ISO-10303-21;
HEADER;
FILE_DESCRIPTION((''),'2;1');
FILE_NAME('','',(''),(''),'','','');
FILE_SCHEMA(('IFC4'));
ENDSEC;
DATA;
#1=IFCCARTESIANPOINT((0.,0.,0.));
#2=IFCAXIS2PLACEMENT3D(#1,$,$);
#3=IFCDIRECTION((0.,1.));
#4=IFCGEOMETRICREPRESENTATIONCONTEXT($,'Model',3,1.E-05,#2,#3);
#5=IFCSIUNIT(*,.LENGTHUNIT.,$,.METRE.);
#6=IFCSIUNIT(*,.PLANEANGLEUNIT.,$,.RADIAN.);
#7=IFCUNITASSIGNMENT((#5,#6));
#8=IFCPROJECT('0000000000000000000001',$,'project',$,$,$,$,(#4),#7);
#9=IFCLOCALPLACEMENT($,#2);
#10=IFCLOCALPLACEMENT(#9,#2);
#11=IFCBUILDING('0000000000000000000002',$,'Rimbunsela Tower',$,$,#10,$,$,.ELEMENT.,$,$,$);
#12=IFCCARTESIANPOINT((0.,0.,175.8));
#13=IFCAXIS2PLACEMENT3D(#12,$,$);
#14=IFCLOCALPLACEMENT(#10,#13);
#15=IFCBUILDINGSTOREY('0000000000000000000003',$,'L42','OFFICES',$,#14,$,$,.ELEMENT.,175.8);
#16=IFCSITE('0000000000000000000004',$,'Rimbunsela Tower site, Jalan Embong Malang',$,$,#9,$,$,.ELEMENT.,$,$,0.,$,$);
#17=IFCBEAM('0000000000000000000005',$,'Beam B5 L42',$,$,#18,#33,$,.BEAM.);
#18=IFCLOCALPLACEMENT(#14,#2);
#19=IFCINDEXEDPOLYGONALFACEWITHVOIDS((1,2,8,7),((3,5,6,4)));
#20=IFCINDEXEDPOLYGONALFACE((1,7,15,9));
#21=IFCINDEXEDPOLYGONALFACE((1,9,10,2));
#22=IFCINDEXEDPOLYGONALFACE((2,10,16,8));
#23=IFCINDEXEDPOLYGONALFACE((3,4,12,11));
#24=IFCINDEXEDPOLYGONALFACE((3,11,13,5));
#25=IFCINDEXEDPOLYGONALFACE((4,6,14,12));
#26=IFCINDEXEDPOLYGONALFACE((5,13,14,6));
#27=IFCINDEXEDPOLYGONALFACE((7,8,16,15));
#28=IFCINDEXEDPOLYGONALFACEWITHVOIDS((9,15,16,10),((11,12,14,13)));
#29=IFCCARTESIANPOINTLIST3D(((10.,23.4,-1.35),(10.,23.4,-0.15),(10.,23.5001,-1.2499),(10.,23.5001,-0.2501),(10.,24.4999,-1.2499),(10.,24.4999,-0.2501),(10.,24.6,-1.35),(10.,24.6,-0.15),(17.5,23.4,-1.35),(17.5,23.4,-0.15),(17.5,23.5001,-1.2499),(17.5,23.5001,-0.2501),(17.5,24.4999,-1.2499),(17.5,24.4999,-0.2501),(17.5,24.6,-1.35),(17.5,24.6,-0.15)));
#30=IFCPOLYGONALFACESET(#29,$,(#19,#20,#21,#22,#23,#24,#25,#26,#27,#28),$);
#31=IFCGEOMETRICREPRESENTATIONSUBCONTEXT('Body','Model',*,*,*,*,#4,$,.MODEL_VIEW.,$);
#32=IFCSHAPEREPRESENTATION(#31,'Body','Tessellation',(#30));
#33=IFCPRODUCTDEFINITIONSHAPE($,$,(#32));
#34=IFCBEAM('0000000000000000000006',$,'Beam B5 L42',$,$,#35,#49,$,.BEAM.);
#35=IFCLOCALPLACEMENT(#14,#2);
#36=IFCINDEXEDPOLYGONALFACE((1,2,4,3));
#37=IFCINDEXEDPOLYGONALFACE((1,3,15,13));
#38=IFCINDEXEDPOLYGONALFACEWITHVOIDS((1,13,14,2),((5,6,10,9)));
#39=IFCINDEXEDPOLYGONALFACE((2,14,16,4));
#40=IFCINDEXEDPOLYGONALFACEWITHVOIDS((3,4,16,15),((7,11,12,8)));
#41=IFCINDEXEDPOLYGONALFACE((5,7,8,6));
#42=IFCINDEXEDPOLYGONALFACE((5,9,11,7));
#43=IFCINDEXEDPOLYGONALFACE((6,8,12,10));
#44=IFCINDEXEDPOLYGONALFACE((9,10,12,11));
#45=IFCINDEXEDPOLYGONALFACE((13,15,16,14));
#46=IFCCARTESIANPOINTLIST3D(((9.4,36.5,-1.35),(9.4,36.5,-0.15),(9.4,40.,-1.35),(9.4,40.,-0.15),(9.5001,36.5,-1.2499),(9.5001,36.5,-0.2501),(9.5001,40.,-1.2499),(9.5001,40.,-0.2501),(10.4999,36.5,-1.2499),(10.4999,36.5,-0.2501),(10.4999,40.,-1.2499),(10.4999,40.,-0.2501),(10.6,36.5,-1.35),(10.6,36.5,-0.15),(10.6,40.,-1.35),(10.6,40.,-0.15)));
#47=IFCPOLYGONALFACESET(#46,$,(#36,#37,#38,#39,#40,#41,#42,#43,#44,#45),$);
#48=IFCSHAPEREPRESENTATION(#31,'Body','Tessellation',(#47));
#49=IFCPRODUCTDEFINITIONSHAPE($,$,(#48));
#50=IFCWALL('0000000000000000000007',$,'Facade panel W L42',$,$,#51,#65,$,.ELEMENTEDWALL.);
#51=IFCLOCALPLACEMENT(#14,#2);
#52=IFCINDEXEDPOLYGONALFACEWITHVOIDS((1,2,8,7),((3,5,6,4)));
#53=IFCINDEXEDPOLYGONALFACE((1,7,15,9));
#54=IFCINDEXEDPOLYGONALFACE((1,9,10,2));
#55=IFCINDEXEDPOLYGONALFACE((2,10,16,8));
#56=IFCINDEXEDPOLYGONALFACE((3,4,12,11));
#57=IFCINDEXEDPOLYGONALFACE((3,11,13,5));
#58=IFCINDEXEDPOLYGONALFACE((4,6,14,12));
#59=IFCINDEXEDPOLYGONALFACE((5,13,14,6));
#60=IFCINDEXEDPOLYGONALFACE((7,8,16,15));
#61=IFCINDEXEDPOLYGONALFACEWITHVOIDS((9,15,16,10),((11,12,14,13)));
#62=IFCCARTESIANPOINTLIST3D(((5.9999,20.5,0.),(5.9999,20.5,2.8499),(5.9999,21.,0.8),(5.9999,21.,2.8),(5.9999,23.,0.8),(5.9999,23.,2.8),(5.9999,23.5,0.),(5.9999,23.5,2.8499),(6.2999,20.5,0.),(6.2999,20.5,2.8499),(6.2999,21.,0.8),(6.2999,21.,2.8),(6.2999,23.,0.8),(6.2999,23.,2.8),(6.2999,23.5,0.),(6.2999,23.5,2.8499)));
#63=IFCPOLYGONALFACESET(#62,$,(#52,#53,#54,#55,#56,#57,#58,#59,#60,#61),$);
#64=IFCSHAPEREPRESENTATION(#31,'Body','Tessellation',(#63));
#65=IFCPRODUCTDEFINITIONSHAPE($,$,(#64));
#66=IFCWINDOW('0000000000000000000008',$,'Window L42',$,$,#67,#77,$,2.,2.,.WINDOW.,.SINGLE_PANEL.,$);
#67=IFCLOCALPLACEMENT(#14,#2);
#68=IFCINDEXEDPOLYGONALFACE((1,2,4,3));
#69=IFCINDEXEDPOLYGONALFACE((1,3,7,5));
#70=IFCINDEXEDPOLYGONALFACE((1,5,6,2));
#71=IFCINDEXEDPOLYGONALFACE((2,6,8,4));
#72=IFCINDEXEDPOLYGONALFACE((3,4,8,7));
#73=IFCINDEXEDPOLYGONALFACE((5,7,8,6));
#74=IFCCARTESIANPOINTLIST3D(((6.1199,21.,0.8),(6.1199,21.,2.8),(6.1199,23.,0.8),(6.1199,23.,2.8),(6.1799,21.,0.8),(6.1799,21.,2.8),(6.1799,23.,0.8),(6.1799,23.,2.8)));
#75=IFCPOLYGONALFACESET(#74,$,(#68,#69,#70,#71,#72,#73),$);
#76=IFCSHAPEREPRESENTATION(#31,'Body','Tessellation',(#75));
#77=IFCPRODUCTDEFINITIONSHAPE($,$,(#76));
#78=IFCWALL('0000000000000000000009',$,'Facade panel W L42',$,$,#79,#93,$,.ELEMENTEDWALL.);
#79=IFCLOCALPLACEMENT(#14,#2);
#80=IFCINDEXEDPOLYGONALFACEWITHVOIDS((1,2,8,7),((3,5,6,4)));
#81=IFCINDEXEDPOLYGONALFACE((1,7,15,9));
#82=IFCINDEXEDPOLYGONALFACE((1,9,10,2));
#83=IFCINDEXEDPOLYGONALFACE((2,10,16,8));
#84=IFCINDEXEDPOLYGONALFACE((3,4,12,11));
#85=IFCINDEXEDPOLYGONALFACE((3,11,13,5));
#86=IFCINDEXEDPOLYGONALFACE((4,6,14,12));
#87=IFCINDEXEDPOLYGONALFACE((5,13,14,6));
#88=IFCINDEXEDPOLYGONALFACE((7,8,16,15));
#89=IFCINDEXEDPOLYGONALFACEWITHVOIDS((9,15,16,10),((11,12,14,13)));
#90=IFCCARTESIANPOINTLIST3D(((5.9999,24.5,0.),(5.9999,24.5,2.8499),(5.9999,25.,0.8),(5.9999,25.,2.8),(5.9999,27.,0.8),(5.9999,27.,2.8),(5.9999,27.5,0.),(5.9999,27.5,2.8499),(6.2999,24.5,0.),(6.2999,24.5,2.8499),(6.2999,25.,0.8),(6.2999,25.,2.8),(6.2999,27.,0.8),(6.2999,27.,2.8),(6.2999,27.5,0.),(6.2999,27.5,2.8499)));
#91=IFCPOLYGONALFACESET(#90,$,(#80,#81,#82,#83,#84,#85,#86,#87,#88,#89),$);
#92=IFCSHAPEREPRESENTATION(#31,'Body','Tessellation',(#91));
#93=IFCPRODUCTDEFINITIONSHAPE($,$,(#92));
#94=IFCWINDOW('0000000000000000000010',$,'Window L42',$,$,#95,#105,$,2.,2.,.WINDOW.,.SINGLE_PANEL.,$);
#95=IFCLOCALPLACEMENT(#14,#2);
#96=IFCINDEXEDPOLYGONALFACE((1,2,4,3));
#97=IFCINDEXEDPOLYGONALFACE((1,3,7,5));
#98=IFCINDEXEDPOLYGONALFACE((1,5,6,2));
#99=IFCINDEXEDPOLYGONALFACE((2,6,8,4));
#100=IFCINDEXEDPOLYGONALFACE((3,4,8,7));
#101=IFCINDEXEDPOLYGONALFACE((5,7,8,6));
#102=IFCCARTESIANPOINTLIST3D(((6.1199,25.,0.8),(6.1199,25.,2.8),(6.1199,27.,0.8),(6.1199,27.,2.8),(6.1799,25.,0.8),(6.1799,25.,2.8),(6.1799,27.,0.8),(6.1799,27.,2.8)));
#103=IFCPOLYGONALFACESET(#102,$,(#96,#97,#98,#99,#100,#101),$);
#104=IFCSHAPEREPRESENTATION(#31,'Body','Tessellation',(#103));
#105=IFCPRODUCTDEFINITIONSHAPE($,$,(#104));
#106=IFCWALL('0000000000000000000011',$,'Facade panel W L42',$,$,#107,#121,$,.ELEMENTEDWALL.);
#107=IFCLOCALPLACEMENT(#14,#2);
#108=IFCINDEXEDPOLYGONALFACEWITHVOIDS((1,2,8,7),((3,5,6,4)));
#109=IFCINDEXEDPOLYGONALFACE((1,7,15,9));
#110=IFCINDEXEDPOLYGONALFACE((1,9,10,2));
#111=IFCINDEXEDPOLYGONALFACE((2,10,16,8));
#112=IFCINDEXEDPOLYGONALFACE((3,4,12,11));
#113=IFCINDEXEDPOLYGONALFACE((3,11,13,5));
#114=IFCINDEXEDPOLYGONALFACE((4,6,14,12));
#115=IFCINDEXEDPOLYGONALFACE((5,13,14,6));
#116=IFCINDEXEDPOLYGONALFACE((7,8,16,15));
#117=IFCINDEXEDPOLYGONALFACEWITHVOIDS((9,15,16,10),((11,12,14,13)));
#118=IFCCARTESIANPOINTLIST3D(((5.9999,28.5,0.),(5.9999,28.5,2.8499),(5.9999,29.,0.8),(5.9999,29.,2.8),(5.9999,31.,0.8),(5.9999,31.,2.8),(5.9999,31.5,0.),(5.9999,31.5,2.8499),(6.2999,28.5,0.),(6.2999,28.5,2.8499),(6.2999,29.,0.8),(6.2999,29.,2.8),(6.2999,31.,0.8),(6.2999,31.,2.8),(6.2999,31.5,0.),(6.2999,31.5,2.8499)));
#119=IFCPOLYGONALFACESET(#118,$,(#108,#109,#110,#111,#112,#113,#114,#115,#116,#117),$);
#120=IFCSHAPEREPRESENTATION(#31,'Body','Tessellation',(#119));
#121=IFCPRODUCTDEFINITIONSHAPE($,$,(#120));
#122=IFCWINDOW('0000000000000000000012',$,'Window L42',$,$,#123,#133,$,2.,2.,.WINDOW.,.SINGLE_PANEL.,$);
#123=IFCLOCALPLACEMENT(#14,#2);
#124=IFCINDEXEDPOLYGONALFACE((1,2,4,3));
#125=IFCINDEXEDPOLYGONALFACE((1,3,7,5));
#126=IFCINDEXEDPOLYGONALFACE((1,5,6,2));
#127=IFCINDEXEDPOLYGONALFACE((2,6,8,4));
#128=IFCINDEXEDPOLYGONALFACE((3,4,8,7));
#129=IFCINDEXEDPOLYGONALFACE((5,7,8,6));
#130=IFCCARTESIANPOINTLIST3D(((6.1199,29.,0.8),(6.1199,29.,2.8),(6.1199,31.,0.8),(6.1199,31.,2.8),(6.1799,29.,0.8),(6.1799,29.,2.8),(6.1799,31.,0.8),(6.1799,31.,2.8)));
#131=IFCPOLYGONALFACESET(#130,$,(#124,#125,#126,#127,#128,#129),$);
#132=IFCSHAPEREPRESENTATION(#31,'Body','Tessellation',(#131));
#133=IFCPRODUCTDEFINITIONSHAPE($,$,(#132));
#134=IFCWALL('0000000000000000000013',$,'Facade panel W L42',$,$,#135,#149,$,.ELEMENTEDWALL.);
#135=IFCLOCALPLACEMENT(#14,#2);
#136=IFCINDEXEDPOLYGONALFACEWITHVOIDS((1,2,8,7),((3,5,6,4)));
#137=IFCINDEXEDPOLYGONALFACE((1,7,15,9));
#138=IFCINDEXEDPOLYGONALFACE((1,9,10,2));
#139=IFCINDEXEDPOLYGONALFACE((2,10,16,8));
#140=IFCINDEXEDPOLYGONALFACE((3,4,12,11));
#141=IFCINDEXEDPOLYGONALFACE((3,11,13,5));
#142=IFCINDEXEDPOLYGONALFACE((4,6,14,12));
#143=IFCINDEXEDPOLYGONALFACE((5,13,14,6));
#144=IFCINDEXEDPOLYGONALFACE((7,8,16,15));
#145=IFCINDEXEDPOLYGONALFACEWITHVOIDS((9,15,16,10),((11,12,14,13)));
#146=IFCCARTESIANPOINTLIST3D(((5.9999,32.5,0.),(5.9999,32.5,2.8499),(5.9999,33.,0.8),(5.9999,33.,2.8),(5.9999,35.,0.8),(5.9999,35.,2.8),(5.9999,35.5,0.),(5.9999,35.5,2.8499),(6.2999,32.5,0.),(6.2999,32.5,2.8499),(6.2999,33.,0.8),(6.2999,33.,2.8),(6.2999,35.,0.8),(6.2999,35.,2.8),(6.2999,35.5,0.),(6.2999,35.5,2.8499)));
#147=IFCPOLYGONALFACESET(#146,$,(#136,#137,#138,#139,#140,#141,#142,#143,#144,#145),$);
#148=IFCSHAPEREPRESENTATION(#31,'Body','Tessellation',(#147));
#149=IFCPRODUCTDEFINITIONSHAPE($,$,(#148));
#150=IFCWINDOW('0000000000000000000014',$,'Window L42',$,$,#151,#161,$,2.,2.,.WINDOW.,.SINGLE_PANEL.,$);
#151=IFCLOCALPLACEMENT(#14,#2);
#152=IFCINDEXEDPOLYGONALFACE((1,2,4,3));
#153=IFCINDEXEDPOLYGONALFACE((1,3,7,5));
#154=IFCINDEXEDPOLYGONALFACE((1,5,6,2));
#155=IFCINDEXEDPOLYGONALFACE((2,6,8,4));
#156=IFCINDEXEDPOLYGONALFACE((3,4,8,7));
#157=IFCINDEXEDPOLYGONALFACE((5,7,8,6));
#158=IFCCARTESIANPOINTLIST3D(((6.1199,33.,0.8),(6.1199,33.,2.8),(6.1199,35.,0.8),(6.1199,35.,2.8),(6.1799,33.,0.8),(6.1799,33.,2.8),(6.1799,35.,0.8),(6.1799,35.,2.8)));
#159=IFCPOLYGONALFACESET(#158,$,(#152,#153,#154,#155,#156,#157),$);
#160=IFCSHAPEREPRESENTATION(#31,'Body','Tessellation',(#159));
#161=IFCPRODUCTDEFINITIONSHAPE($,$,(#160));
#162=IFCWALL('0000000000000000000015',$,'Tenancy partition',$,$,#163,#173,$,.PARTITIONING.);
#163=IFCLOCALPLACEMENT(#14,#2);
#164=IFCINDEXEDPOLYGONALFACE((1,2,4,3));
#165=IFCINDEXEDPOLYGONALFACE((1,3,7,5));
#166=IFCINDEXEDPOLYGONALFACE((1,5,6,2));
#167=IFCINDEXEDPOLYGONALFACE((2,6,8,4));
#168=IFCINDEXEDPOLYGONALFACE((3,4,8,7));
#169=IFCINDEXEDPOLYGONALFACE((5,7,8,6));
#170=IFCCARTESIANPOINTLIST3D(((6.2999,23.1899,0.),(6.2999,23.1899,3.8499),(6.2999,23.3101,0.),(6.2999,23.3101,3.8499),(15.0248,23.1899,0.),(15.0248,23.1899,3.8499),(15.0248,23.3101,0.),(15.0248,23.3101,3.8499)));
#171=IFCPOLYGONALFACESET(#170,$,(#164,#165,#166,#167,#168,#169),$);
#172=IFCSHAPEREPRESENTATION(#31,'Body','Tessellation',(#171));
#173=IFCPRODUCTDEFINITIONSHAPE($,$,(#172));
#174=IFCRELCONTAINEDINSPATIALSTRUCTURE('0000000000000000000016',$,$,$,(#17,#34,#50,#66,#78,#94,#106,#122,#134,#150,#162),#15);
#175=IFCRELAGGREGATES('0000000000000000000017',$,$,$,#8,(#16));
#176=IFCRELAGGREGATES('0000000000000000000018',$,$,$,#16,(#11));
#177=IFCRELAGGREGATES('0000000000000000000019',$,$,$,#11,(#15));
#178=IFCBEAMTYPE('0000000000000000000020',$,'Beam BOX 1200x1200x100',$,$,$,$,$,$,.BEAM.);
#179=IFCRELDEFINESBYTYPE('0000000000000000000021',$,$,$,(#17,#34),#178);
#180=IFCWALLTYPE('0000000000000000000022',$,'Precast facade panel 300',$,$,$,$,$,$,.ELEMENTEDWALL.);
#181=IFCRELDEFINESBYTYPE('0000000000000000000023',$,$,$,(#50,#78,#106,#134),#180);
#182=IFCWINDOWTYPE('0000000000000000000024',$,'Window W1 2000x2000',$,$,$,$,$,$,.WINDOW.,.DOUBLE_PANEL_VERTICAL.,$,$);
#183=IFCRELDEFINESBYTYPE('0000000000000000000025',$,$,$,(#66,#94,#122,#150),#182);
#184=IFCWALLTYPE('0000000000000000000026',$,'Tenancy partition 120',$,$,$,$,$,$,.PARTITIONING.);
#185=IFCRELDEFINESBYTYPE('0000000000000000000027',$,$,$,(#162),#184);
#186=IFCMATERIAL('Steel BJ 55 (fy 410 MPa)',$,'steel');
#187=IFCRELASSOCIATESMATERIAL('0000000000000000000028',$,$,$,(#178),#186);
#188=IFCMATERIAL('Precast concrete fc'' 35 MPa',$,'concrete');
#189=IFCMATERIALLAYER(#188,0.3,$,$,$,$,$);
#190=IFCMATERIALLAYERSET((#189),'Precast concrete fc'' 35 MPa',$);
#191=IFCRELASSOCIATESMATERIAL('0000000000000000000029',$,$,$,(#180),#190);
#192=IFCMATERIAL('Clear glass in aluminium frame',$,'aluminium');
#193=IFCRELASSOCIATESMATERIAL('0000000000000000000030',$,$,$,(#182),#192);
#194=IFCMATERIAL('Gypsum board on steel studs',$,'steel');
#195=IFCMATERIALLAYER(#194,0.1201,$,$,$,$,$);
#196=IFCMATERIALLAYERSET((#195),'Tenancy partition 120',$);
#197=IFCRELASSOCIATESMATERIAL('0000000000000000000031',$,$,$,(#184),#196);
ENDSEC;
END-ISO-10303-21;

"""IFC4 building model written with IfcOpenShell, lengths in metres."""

from ifc_helpers import new_model, si_unit, direction, frame, frame_2d, origin, origin_2d, place, context, subcontext, project, spatial, rectangle, hollow_rectangle, extrude, material, layer, layer_set, material_profile, profile_set, type_object, element, fill, save


model = new_model("IFC4")

# Units and contexts
model_context = context("Model", 3, precision=1e-05, world=origin(), true_north=direction((0.0, 1.0)))
body_context = subcontext(model_context, "Body", "Model", "MODEL_VIEW")
ifc_project = project(units=[si_unit("LENGTHUNIT", "METRE"), si_unit("PLANEANGLEUNIT", "RADIAN")], contexts=[model_context])

# Site, building, storey
site_placement = place(None, origin())
site = spatial("IfcSite", under=ifc_project, at=site_placement, Name="Rimbunsela Tower site, Jalan Embong Malang", CompositionType="ELEMENT", RefElevation=0.0)
building_placement = place(site_placement, origin())
building = spatial("IfcBuilding", under=site, at=building_placement, Name="Rimbunsela Tower", CompositionType="ELEMENT")
storey_placement = place(building_placement, frame((0.0, 0.0, 175.8)))
storey = spatial("IfcBuildingStorey", under=building, at=storey_placement, Name="L42", Description="OFFICES", CompositionType="ELEMENT", Elevation=175.8)

# Beams
ifc_material_1 = material(Name="Steel BJ 55 (fy 410 MPa)", Category="steel")
ifc_material_profile_1 = material_profile(ifc_material_1, hollow_rectangle(XDim=1.2, YDim=1.2, WallThickness=0.1001, at=origin_2d()), Name="BOX 1200x1200x100")
ifc_profile_set_1 = profile_set([ifc_material_profile_1], Name="Steel BJ 55 (fy 410 MPa)")
beam_type_1 = type_object("IfcBeamType", Name="Beam BOX 1200x1200x100", PredefinedType="BEAM", material=ifc_profile_set_1)
beam_1_placement = place(storey_placement, frame((10.0, 24.0, -0.75), z_axis=(1.0, 0.0, 0.0), x_axis=(0.0, 1.0, 0.0)))
element("IfcBeam", 1, at=beam_1_placement, inside=storey, type_object=beam_type_1, Name="Beam B5 L42", PredefinedType="BEAM", context=body_context, shape_type="SweptSolid", body=[
    extrude(hollow_rectangle(XDim=1.2, YDim=1.2, WallThickness=0.1001, at=origin_2d()), origin(), (0.0, 0.0, 1.0), 7.5),
])
beam_2_placement = place(storey_placement, frame((10.0, 36.5, -0.75), z_axis=(0.0, 1.0, 0.0), x_axis=(-1.0, 0.0, 0.0)))
element("IfcBeam", 2, at=beam_2_placement, inside=storey, type_object=beam_type_1, Name="Beam B5 L42", PredefinedType="BEAM", context=body_context, shape_type="SweptSolid", body=[
    extrude(hollow_rectangle(XDim=1.2, YDim=1.2, WallThickness=0.1001, at=origin_2d()), origin(), (0.0, 0.0, 1.0), 3.5),
])

# Walls, openings, windows
ifc_material_2 = material(Name="Precast concrete fc' 35 MPa", Category="concrete")
ifc_layer_1 = layer(ifc_material_2, 0.3)
ifc_layer_set_1 = layer_set([ifc_layer_1], Name="Precast concrete fc' 35 MPa")
wall_type_1 = type_object("IfcWallType", Name="Precast facade panel 300", PredefinedType="ELEMENTEDWALL", material=ifc_layer_set_1)
wall_1_placement = place(storey_placement, frame((6.1499, 23.5, 0.0), z_axis=(0.0, 0.0, 1.0), x_axis=(0.0, -1.0, 0.0)))
wall_1 = element("IfcWall", 3, at=wall_1_placement, inside=storey, type_object=wall_type_1, Name="Facade panel W L42", PredefinedType="ELEMENTEDWALL", context=body_context, shape_type="SweptSolid", body=[
    extrude(rectangle(XDim=3.0, YDim=0.3, at=frame_2d((1.5, 0.0))), origin(), (0.0, 0.0, 1.0), 2.8499),
])
opening_1_placement = place(wall_1_placement, frame((0.5, 0.0, 0.8)))
opening_1 = element("IfcOpeningElement", 4, at=opening_1_placement, cuts=wall_1, PredefinedType="OPENING", context=body_context, shape_type="SweptSolid", body=[
    extrude(rectangle(XDim=2.0, YDim=2.0, at=frame_2d((1.0, 1.0))), frame((0.0, 0.1599, 0.0), z_axis=(0.0, -1.0, 0.0), x_axis=(1.0, 0.0, 0.0)), (0.0, 0.0, 1.0), 0.3201),
])
ifc_material_3 = material(Name="Clear glass in aluminium frame", Category="aluminium")
window_type = type_object("IfcWindowType", Name="Window W1 2000x2000", PartitioningType="DOUBLE_PANEL_VERTICAL", PredefinedType="WINDOW", material=ifc_material_3)
window_1_placement = place(opening_1_placement, origin())
window_1 = element("IfcWindow", 5, at=window_1_placement, inside=storey, type_object=window_type, Name="Window L42", OverallHeight=2.0, OverallWidth=2.0, PartitioningType="SINGLE_PANEL", PredefinedType="WINDOW", context=body_context, shape_type="SweptSolid", body=[
    extrude(rectangle(XDim=2.0, YDim=2.0, at=frame_2d((1.0, 1.0))), frame((0.0, 0.03, 0.0), z_axis=(0.0, -1.0, 0.0), x_axis=(1.0, 0.0, 0.0)), (0.0, 0.0, 1.0), 0.0601),
])
fill(opening_1, window_1)
wall_2_placement = place(storey_placement, frame((6.1499, 27.5, 0.0), z_axis=(0.0, 0.0, 1.0), x_axis=(0.0, -1.0, 0.0)))
wall_2 = element("IfcWall", 6, at=wall_2_placement, inside=storey, type_object=wall_type_1, Name="Facade panel W L42", PredefinedType="ELEMENTEDWALL", context=body_context, shape_type="SweptSolid", body=[
    extrude(rectangle(XDim=3.0, YDim=0.3, at=frame_2d((1.5, 0.0))), origin(), (0.0, 0.0, 1.0), 2.8499),
])
opening_2_placement = place(wall_2_placement, frame((0.5, 0.0, 0.8)))
opening_2 = element("IfcOpeningElement", 7, at=opening_2_placement, cuts=wall_2, PredefinedType="OPENING", context=body_context, shape_type="SweptSolid", body=[
    extrude(rectangle(XDim=2.0, YDim=2.0, at=frame_2d((1.0, 1.0))), frame((0.0, 0.1599, 0.0), z_axis=(0.0, -1.0, 0.0), x_axis=(1.0, 0.0, 0.0)), (0.0, 0.0, 1.0), 0.3201),
])
window_2_placement = place(opening_2_placement, origin())
window_2 = element("IfcWindow", 8, at=window_2_placement, inside=storey, type_object=window_type, Name="Window L42", OverallHeight=2.0, OverallWidth=2.0, PartitioningType="SINGLE_PANEL", PredefinedType="WINDOW", context=body_context, shape_type="SweptSolid", body=[
    extrude(rectangle(XDim=2.0, YDim=2.0, at=frame_2d((1.0, 1.0))), frame((0.0, 0.03, 0.0), z_axis=(0.0, -1.0, 0.0), x_axis=(1.0, 0.0, 0.0)), (0.0, 0.0, 1.0), 0.0601),
])
fill(opening_2, window_2)
wall_3_placement = place(storey_placement, frame((6.1499, 31.5, 0.0), z_axis=(0.0, 0.0, 1.0), x_axis=(0.0, -1.0, 0.0)))
wall_3 = element("IfcWall", 9, at=wall_3_placement, inside=storey, type_object=wall_type_1, Name="Facade panel W L42", PredefinedType="ELEMENTEDWALL", context=body_context, shape_type="SweptSolid", body=[
    extrude(rectangle(XDim=3.0, YDim=0.3, at=frame_2d((1.5, 0.0))), origin(), (0.0, 0.0, 1.0), 2.8499),
])
opening_3_placement = place(wall_3_placement, frame((0.5, 0.0, 0.8)))
opening_3 = element("IfcOpeningElement", 10, at=opening_3_placement, cuts=wall_3, PredefinedType="OPENING", context=body_context, shape_type="SweptSolid", body=[
    extrude(rectangle(XDim=2.0, YDim=2.0, at=frame_2d((1.0, 1.0))), frame((0.0, 0.1599, 0.0), z_axis=(0.0, -1.0, 0.0), x_axis=(1.0, 0.0, 0.0)), (0.0, 0.0, 1.0), 0.3201),
])
window_3_placement = place(opening_3_placement, origin())
window_3 = element("IfcWindow", 11, at=window_3_placement, inside=storey, type_object=window_type, Name="Window L42", OverallHeight=2.0, OverallWidth=2.0, PartitioningType="SINGLE_PANEL", PredefinedType="WINDOW", context=body_context, shape_type="SweptSolid", body=[
    extrude(rectangle(XDim=2.0, YDim=2.0, at=frame_2d((1.0, 1.0))), frame((0.0, 0.03, 0.0), z_axis=(0.0, -1.0, 0.0), x_axis=(1.0, 0.0, 0.0)), (0.0, 0.0, 1.0), 0.0601),
])
fill(opening_3, window_3)
wall_4_placement = place(storey_placement, frame((6.1499, 35.5, 0.0), z_axis=(0.0, 0.0, 1.0), x_axis=(0.0, -1.0, 0.0)))
wall_4 = element("IfcWall", 12, at=wall_4_placement, inside=storey, type_object=wall_type_1, Name="Facade panel W L42", PredefinedType="ELEMENTEDWALL", context=body_context, shape_type="SweptSolid", body=[
    extrude(rectangle(XDim=3.0, YDim=0.3, at=frame_2d((1.5, 0.0))), origin(), (0.0, 0.0, 1.0), 2.8499),
])
opening_4_placement = place(wall_4_placement, frame((0.5, 0.0, 0.8)))
opening_4 = element("IfcOpeningElement", 13, at=opening_4_placement, cuts=wall_4, PredefinedType="OPENING", context=body_context, shape_type="SweptSolid", body=[
    extrude(rectangle(XDim=2.0, YDim=2.0, at=frame_2d((1.0, 1.0))), frame((0.0, 0.1599, 0.0), z_axis=(0.0, -1.0, 0.0), x_axis=(1.0, 0.0, 0.0)), (0.0, 0.0, 1.0), 0.3201),
])
window_4_placement = place(opening_4_placement, origin())
window_4 = element("IfcWindow", 14, at=window_4_placement, inside=storey, type_object=window_type, Name="Window L42", OverallHeight=2.0, OverallWidth=2.0, PartitioningType="SINGLE_PANEL", PredefinedType="WINDOW", context=body_context, shape_type="SweptSolid", body=[
    extrude(rectangle(XDim=2.0, YDim=2.0, at=frame_2d((1.0, 1.0))), frame((0.0, 0.03, 0.0), z_axis=(0.0, -1.0, 0.0), x_axis=(1.0, 0.0, 0.0)), (0.0, 0.0, 1.0), 0.0601),
])
fill(opening_4, window_4)

# Wall
ifc_material_4 = material(Name="Gypsum board on steel studs", Category="steel")
ifc_layer_2 = layer(ifc_material_4, 0.1201)
ifc_layer_set_2 = layer_set([ifc_layer_2], Name="Tenancy partition 120")
wall_type_2 = type_object("IfcWallType", Name="Tenancy partition 120", PredefinedType="PARTITIONING", material=ifc_layer_set_2)
wall_5_placement = place(storey_placement, frame((6.3, 23.25, 0.0), z_axis=(0.0, 0.0, 1.0), x_axis=(1.0, 0.0, 0.0)))
element("IfcWall", 15, at=wall_5_placement, inside=storey, type_object=wall_type_2, Name="Tenancy partition", PredefinedType="PARTITIONING", context=body_context, shape_type="SweptSolid", body=[
    extrude(rectangle(XDim=8.7249, YDim=0.1201, at=frame_2d((4.3623, 0.0))), origin(), (0.0, 0.0, 1.0), 3.8499),
])

save(model, "model.ifc")
